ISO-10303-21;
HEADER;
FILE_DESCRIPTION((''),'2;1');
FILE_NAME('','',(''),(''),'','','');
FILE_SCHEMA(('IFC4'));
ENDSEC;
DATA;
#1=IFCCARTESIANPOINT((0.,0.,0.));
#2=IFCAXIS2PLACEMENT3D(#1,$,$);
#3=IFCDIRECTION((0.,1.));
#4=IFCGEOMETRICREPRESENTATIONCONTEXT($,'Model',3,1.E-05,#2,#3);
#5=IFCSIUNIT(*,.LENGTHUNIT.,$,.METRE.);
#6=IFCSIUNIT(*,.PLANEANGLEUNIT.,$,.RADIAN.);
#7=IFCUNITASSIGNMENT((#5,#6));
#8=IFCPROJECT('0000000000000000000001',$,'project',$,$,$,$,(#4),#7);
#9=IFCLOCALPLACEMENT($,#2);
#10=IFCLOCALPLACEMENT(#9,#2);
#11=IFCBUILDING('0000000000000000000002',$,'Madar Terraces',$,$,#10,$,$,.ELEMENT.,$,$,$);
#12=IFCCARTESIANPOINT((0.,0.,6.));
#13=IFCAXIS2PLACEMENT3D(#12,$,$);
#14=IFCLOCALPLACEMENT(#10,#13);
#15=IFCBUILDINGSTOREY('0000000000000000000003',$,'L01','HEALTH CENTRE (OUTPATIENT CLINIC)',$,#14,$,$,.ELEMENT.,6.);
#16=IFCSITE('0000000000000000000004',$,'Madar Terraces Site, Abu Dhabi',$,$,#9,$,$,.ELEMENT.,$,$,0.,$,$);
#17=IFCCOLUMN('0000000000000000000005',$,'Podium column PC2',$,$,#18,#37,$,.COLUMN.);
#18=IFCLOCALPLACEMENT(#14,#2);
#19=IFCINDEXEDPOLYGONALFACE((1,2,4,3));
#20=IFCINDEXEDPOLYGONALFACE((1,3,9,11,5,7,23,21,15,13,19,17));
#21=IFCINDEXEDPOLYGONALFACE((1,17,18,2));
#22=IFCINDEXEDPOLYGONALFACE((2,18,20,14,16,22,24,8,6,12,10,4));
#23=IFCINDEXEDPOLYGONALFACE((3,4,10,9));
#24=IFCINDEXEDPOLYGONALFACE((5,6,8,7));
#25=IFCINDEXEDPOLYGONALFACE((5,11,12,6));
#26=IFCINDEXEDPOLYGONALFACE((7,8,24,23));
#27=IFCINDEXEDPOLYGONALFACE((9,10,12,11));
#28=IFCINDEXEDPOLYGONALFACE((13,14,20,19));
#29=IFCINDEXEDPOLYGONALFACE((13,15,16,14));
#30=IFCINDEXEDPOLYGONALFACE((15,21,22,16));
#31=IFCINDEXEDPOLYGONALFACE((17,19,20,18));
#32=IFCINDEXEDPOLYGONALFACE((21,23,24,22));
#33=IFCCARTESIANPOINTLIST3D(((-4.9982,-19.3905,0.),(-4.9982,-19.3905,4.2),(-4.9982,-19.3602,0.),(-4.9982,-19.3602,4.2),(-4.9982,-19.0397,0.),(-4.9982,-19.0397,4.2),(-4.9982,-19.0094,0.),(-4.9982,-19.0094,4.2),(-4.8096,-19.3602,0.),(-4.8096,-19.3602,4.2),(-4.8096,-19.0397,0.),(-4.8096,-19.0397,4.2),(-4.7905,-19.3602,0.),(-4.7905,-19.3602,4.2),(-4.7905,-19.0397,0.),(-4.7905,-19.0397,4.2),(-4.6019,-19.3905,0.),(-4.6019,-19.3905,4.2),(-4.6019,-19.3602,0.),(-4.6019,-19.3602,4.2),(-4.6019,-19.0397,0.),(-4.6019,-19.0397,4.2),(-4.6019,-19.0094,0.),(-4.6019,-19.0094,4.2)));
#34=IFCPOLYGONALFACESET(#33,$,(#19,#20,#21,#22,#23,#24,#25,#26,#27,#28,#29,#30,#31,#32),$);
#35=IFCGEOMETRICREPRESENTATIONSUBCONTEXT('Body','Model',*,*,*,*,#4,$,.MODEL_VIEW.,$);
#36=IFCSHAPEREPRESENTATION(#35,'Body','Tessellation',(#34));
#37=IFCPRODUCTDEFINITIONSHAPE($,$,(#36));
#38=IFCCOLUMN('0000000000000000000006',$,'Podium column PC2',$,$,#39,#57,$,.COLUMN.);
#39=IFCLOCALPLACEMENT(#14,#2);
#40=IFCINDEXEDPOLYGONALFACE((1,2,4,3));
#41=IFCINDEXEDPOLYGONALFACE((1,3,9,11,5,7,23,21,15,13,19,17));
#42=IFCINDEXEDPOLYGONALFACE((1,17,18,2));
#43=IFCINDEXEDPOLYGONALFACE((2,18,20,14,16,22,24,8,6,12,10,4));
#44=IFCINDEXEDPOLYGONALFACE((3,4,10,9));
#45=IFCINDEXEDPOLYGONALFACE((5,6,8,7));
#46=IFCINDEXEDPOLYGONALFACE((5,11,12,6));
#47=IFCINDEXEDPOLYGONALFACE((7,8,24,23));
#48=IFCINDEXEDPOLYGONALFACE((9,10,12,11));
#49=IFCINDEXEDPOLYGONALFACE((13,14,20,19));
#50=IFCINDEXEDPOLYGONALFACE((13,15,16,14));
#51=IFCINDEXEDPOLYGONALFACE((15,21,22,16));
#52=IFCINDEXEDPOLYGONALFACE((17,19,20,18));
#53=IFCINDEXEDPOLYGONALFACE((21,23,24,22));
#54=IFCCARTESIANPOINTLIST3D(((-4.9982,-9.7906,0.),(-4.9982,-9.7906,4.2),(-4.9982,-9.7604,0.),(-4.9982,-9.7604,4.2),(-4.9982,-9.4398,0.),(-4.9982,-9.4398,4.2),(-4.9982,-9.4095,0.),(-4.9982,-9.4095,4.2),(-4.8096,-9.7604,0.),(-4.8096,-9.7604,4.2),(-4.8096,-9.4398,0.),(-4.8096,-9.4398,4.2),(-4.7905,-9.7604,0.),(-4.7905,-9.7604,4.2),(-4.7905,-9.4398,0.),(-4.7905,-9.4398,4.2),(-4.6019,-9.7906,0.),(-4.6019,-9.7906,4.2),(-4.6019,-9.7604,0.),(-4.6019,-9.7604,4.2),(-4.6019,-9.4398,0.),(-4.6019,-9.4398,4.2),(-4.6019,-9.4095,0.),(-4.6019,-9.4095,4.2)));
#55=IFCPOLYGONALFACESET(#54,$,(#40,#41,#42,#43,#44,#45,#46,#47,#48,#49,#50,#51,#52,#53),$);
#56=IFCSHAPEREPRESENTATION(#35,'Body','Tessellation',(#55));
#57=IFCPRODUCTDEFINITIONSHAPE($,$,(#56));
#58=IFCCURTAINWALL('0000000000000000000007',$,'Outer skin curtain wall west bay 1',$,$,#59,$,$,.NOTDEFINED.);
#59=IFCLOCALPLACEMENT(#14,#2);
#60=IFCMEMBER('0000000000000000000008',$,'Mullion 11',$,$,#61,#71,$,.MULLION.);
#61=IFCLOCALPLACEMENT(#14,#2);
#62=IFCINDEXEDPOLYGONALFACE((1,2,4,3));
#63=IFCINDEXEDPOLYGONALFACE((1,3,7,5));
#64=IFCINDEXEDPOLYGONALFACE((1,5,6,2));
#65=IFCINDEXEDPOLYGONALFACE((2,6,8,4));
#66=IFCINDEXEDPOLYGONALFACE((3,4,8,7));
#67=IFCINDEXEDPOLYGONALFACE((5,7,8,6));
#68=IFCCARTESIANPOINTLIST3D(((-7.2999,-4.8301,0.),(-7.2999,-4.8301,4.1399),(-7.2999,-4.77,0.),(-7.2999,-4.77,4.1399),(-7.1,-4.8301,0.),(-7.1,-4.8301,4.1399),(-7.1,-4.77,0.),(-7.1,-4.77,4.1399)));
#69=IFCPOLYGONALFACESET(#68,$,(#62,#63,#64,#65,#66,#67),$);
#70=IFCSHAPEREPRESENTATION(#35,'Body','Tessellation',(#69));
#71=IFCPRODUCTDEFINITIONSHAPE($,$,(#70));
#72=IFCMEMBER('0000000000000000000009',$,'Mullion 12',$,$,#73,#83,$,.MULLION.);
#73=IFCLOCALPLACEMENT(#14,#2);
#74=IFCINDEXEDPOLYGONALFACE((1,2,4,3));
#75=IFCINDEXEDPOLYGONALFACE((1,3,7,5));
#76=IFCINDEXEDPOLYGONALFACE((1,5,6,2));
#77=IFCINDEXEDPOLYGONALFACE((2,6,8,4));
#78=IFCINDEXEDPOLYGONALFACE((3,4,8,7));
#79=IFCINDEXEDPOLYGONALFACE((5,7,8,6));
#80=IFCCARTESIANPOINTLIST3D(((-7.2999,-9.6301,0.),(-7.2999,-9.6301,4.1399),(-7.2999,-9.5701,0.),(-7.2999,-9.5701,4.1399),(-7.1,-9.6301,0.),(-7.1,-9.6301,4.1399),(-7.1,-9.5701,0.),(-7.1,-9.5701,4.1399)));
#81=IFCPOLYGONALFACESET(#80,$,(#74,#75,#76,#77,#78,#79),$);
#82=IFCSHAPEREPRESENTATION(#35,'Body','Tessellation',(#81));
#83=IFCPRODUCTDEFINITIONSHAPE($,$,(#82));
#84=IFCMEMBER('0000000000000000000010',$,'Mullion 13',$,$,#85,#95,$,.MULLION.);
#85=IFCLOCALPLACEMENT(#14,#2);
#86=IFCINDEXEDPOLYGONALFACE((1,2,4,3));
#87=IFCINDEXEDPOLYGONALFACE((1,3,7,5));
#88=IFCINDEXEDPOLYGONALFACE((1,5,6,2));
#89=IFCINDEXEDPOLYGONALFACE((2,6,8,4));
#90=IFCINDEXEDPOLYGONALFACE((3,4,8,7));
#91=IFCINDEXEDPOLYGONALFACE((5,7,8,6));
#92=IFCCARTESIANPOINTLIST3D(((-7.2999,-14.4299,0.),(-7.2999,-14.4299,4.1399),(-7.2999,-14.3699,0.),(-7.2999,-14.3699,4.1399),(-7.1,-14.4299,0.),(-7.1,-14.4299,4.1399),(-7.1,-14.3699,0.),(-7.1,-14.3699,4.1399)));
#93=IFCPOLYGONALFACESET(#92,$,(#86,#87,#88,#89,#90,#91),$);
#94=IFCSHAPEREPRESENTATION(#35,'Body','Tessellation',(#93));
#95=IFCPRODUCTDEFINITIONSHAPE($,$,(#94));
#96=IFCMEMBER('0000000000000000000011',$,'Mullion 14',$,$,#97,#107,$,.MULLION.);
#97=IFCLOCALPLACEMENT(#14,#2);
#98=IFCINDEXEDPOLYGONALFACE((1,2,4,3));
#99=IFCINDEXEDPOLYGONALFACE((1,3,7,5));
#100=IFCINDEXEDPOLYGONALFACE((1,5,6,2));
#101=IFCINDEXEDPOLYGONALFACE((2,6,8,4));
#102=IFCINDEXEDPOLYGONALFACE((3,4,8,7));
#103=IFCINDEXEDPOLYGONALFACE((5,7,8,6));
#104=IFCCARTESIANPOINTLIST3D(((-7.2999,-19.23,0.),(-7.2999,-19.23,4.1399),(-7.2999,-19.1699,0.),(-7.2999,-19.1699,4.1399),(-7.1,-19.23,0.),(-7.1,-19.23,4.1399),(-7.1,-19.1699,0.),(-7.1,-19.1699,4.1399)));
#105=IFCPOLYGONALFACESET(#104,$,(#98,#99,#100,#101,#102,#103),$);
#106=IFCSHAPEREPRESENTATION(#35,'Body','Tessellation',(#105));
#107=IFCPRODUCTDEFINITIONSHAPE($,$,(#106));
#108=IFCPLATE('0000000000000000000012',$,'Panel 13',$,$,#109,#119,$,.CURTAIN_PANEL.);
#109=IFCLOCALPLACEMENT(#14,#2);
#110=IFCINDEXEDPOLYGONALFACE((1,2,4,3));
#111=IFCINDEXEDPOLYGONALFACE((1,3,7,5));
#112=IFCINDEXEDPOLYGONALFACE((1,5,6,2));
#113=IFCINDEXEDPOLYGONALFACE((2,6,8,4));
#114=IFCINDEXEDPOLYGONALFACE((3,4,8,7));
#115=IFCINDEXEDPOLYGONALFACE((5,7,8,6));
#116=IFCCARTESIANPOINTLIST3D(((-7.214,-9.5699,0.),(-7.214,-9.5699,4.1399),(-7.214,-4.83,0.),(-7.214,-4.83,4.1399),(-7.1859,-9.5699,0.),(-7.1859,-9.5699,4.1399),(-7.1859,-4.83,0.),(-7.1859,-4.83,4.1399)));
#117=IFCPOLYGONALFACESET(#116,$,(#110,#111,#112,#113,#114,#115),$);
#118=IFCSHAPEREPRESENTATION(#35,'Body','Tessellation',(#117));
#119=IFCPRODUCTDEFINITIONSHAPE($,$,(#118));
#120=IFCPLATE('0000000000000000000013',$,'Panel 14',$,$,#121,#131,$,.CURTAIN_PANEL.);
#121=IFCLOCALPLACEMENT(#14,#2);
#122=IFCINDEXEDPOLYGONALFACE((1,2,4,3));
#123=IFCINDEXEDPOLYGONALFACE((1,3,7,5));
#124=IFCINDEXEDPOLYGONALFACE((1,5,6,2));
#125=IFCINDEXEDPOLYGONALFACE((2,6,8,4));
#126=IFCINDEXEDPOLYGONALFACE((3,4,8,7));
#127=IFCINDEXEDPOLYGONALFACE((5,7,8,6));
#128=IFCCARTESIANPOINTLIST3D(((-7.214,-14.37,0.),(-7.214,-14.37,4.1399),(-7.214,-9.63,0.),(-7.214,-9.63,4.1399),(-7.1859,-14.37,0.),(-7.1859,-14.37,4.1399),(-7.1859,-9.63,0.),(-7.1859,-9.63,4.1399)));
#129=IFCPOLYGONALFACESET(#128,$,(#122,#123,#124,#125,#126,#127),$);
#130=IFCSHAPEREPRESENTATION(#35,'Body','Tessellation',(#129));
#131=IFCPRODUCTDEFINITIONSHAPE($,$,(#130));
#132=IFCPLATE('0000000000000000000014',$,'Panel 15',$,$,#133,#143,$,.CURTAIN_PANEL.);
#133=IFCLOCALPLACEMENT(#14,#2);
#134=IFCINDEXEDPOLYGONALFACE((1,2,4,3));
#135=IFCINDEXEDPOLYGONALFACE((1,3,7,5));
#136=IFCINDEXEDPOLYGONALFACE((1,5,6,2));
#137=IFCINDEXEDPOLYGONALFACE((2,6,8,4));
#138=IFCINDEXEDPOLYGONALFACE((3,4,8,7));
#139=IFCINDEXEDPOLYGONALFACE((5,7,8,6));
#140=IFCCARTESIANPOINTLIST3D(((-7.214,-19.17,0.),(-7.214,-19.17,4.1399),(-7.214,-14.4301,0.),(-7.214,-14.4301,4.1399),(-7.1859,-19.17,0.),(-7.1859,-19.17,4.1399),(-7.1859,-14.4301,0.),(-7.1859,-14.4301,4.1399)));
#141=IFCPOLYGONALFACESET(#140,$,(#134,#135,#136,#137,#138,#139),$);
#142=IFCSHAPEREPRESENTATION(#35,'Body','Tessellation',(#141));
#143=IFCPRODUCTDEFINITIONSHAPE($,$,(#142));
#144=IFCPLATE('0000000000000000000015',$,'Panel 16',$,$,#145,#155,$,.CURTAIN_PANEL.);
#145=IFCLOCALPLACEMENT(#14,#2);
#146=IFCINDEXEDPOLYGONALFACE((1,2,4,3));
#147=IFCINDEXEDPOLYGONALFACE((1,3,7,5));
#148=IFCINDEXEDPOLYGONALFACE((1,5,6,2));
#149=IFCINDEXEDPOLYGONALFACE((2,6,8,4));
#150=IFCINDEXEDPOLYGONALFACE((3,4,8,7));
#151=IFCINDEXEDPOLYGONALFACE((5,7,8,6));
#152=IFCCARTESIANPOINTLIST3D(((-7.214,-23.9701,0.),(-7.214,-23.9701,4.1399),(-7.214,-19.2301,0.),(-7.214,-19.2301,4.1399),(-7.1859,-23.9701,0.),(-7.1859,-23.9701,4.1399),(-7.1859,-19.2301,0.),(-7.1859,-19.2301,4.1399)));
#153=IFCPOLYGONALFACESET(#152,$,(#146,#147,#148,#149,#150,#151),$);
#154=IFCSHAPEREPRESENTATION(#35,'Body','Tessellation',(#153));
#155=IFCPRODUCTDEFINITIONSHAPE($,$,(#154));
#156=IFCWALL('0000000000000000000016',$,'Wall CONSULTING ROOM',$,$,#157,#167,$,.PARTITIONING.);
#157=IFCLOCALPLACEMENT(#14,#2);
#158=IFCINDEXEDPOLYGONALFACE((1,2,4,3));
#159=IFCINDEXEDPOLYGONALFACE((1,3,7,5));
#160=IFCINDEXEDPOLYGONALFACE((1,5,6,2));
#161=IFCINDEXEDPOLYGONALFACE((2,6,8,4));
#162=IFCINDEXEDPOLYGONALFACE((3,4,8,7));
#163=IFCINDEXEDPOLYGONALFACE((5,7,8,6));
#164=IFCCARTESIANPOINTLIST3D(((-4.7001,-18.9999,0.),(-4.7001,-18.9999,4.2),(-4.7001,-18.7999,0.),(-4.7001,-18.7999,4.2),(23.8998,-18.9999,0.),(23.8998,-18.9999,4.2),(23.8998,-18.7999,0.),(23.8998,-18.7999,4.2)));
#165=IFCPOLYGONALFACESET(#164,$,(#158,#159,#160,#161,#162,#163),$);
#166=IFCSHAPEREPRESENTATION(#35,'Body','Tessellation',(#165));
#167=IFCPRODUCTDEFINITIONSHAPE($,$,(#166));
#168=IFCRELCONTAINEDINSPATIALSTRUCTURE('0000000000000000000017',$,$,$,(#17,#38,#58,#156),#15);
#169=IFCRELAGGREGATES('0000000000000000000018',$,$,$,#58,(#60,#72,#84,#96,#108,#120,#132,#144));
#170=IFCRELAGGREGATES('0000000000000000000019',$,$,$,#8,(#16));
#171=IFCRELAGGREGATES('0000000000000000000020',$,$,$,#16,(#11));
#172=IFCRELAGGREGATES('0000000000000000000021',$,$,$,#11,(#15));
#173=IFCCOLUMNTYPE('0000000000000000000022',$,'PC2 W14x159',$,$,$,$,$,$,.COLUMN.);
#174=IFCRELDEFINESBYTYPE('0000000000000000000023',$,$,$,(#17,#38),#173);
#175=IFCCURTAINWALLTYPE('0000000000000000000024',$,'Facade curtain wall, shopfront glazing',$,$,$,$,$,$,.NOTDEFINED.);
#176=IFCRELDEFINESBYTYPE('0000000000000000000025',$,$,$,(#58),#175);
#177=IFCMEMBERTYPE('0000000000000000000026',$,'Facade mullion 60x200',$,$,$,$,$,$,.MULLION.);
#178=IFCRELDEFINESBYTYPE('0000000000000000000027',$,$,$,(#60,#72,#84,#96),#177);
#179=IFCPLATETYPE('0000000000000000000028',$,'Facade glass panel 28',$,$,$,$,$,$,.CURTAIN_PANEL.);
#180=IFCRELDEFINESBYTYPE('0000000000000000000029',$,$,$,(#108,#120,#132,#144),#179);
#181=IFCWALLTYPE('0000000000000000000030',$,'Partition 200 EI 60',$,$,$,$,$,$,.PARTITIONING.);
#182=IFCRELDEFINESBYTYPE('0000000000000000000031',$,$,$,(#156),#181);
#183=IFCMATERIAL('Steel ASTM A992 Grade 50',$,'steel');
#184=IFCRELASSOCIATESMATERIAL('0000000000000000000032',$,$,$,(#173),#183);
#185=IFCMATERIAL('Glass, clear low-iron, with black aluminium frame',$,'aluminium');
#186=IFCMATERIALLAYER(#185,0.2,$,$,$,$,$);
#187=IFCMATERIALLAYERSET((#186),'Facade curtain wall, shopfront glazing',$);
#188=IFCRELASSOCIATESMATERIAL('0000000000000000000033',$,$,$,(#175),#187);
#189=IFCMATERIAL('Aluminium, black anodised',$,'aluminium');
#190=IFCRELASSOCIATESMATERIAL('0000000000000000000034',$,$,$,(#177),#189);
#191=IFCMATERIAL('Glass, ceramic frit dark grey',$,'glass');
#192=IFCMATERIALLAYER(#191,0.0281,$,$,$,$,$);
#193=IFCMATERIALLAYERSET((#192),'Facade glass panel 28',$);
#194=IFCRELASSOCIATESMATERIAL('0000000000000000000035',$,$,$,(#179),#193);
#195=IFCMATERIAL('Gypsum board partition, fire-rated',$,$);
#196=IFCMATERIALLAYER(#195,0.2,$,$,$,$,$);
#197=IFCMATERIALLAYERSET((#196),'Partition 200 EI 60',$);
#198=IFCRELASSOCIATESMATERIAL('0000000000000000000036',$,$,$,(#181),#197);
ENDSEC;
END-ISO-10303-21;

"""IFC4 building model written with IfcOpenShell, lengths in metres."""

from ifc_helpers import new_model, si_unit, direction, frame, frame_2d, origin, origin_2d, place, context, subcontext, project, spatial, rectangle, i_section, extrude, material, layer, layer_set, material_profile, profile_set, type_object, element, aggregate, save


model = new_model("IFC4")

# Units and contexts
model_context = context("Model", 3, precision=1e-05, world=origin(), true_north=direction((0.0, 1.0)))
body_context = subcontext(model_context, "Body", "Model", "MODEL_VIEW")
ifc_project = project(units=[si_unit("LENGTHUNIT", "METRE"), si_unit("PLANEANGLEUNIT", "RADIAN")], contexts=[model_context])

# Site, building, storey
site_placement = place(None, origin())
site = spatial("IfcSite", under=ifc_project, at=site_placement, Name="Madar Terraces Site, Abu Dhabi", CompositionType="ELEMENT", RefElevation=0.0)
building_placement = place(site_placement, origin())
building = spatial("IfcBuilding", under=site, at=building_placement, Name="Madar Terraces", CompositionType="ELEMENT")
storey_placement = place(building_placement, frame((0.0, 0.0, 6.0)))
storey = spatial("IfcBuildingStorey", under=building, at=storey_placement, Name="L01", Description="HEALTH CENTRE (OUTPATIENT CLINIC)", CompositionType="ELEMENT", Elevation=6.0)

# Columns
ifc_material_1 = material(Name="Steel ASTM A992 Grade 50", Category="steel")
ifc_material_profile_1 = material_profile(ifc_material_1, i_section(OverallWidth=0.3962, OverallDepth=0.3811, WebThickness=0.019, FlangeThickness=0.0303, at=origin_2d()), Name="W14x159")
ifc_profile_set_1 = profile_set([ifc_material_profile_1], Name="Steel ASTM A992 Grade 50")
column_type = type_object("IfcColumnType", Name="PC2 W14x159", PredefinedType="COLUMN", material=ifc_profile_set_1)
for number, where, z_axis, x_axis, name in (
    (1, (-4.8, -19.2, 0.0), (0.0, 0.0, 1.0), (1.0, 0.0, 0.0), "Podium column PC2"),
    (2, (-4.8, -9.6001, 0.0), (0.0, 0.0, 1.0), (1.0, 0.0, 0.0), "Podium column PC2"),
):
    element("IfcColumn", number, at=place(storey_placement, frame(where, z_axis=z_axis, x_axis=x_axis)), inside=storey, type_object=column_type, Name=name, PredefinedType="COLUMN", context=body_context, shape_type="SweptSolid", body=[
        extrude(i_section(OverallWidth=0.3962, OverallDepth=0.3811, WebThickness=0.019, FlangeThickness=0.0303, at=origin_2d()), origin(), (0.0, 0.0, 1.0), 4.2),
    ])

# Curtain wall, members, plates
ifc_material_2 = material(Name="Glass, clear low-iron, with black aluminium frame", Category="aluminium")
ifc_layer_1 = layer(ifc_material_2, 0.2)
ifc_layer_set_1 = layer_set([ifc_layer_1], Name="Facade curtain wall, shopfront glazing")
curtain_wall_type = type_object("IfcCurtainWallType", Name="Facade curtain wall, shopfront glazing", PredefinedType="NOTDEFINED", material=ifc_layer_set_1)
curtain_wall_placement = place(storey_placement, origin())
curtain_wall = element("IfcCurtainWall", 3, at=curtain_wall_placement, inside=storey, type_object=curtain_wall_type, Name="Outer skin curtain wall west bay 1", PredefinedType="NOTDEFINED")
ifc_material_3 = material(Name="Aluminium, black anodised", Category="aluminium")
ifc_material_profile_2 = material_profile(ifc_material_3, rectangle(XDim=0.2, YDim=0.0601, at=origin_2d()), Name="Facade mullion 60x200")
ifc_profile_set_2 = profile_set([ifc_material_profile_2], Name="Aluminium, black anodised")
member_type = type_object("IfcMemberType", Name="Facade mullion 60x200", PredefinedType="MULLION", material=ifc_profile_set_2)
member_1_placement = place(storey_placement, frame((-7.2, -4.8, 0.0), z_axis=(0.0, 0.0, 1.0), x_axis=(1.0, 0.0, 0.0)))
member_1 = element("IfcMember", 4, at=member_1_placement, type_object=member_type, Name="Mullion 11", PredefinedType="MULLION", context=body_context, shape_type="SweptSolid", body=[
    extrude(rectangle(XDim=0.2, YDim=0.0601, at=origin_2d()), origin(), (0.0, 0.0, 1.0), 4.1399),
])
member_2_placement = place(storey_placement, frame((-7.2, -9.6001, 0.0), z_axis=(0.0, 0.0, 1.0), x_axis=(1.0, 0.0, 0.0)))
member_2 = element("IfcMember", 5, at=member_2_placement, type_object=member_type, Name="Mullion 12", PredefinedType="MULLION", context=body_context, shape_type="SweptSolid", body=[
    extrude(rectangle(XDim=0.2, YDim=0.0601, at=origin_2d()), origin(), (0.0, 0.0, 1.0), 4.1399),
])
member_3_placement = place(storey_placement, frame((-7.2, -14.3999, 0.0), z_axis=(0.0, 0.0, 1.0), x_axis=(1.0, 0.0, 0.0)))
member_3 = element("IfcMember", 6, at=member_3_placement, type_object=member_type, Name="Mullion 13", PredefinedType="MULLION", context=body_context, shape_type="SweptSolid", body=[
    extrude(rectangle(XDim=0.2, YDim=0.0601, at=origin_2d()), origin(), (0.0, 0.0, 1.0), 4.1399),
])
member_4_placement = place(storey_placement, frame((-7.2, -19.2, 0.0), z_axis=(0.0, 0.0, 1.0), x_axis=(1.0, 0.0, 0.0)))
member_4 = element("IfcMember", 7, at=member_4_placement, type_object=member_type, Name="Mullion 14", PredefinedType="MULLION", context=body_context, shape_type="SweptSolid", body=[
    extrude(rectangle(XDim=0.2, YDim=0.0601, at=origin_2d()), origin(), (0.0, 0.0, 1.0), 4.1399),
])
ifc_material_4 = material(Name="Glass, ceramic frit dark grey", Category="glass")
ifc_layer_2 = layer(ifc_material_4, 0.0281)
ifc_layer_set_2 = layer_set([ifc_layer_2], Name="Facade glass panel 28")
plate_type = type_object("IfcPlateType", Name="Facade glass panel 28", PredefinedType="CURTAIN_PANEL", material=ifc_layer_set_2)
plate_1_placement = place(storey_placement, frame((-7.2, -7.2, 0.0), z_axis=(0.0, 0.0, 1.0), x_axis=(0.0, -1.0, 0.0)))
plate_1 = element("IfcPlate", 8, at=plate_1_placement, type_object=plate_type, Name="Panel 13", PredefinedType="CURTAIN_PANEL", context=body_context, shape_type="SweptSolid", body=[
    extrude(rectangle(XDim=4.74, YDim=0.0281, at=origin_2d()), origin(), (0.0, 0.0, 1.0), 4.1399),
])
plate_2_placement = place(storey_placement, frame((-7.2, -12.0, 0.0), z_axis=(0.0, 0.0, 1.0), x_axis=(0.0, -1.0, 0.0)))
plate_2 = element("IfcPlate", 9, at=plate_2_placement, type_object=plate_type, Name="Panel 14", PredefinedType="CURTAIN_PANEL", context=body_context, shape_type="SweptSolid", body=[
    extrude(rectangle(XDim=4.74, YDim=0.0281, at=origin_2d()), origin(), (0.0, 0.0, 1.0), 4.1399),
])
plate_3_placement = place(storey_placement, frame((-7.2, -16.8, 0.0), z_axis=(0.0, 0.0, 1.0), x_axis=(0.0, -1.0, 0.0)))
plate_3 = element("IfcPlate", 10, at=plate_3_placement, type_object=plate_type, Name="Panel 15", PredefinedType="CURTAIN_PANEL", context=body_context, shape_type="SweptSolid", body=[
    extrude(rectangle(XDim=4.74, YDim=0.0281, at=origin_2d()), origin(), (0.0, 0.0, 1.0), 4.1399),
])
plate_4_placement = place(storey_placement, frame((-7.2, -21.6001, 0.0), z_axis=(0.0, 0.0, 1.0), x_axis=(0.0, -1.0, 0.0)))
plate_4 = element("IfcPlate", 11, at=plate_4_placement, type_object=plate_type, Name="Panel 16", PredefinedType="CURTAIN_PANEL", context=body_context, shape_type="SweptSolid", body=[
    extrude(rectangle(XDim=4.74, YDim=0.0281, at=origin_2d()), origin(), (0.0, 0.0, 1.0), 4.1399),
])
aggregate(curtain_wall, [member_1, member_2, member_3, member_4, plate_1, plate_2, plate_3, plate_4])

# Wall
ifc_material_5 = material(Name="Gypsum board partition, fire-rated")
ifc_layer_3 = layer(ifc_material_5, 0.2)
ifc_layer_set_3 = layer_set([ifc_layer_3], Name="Partition 200 EI 60")
wall_type = type_object("IfcWallType", Name="Partition 200 EI 60", PredefinedType="PARTITIONING", material=ifc_layer_set_3)
wall_1_placement = place(storey_placement, frame((-4.7, -18.8999, 0.0), z_axis=(0.0, 0.0, 1.0), x_axis=(1.0, 0.0, 0.0)))
element("IfcWall", 12, at=wall_1_placement, inside=storey, type_object=wall_type, Name="Wall CONSULTING ROOM", PredefinedType="PARTITIONING", context=body_context, shape_type="SweptSolid", body=[
    extrude(rectangle(XDim=28.5999, YDim=0.2, at=frame_2d((14.2998, 0.0))), origin(), (0.0, 0.0, 1.0), 4.2),
])

save(model, "model.ifc")
